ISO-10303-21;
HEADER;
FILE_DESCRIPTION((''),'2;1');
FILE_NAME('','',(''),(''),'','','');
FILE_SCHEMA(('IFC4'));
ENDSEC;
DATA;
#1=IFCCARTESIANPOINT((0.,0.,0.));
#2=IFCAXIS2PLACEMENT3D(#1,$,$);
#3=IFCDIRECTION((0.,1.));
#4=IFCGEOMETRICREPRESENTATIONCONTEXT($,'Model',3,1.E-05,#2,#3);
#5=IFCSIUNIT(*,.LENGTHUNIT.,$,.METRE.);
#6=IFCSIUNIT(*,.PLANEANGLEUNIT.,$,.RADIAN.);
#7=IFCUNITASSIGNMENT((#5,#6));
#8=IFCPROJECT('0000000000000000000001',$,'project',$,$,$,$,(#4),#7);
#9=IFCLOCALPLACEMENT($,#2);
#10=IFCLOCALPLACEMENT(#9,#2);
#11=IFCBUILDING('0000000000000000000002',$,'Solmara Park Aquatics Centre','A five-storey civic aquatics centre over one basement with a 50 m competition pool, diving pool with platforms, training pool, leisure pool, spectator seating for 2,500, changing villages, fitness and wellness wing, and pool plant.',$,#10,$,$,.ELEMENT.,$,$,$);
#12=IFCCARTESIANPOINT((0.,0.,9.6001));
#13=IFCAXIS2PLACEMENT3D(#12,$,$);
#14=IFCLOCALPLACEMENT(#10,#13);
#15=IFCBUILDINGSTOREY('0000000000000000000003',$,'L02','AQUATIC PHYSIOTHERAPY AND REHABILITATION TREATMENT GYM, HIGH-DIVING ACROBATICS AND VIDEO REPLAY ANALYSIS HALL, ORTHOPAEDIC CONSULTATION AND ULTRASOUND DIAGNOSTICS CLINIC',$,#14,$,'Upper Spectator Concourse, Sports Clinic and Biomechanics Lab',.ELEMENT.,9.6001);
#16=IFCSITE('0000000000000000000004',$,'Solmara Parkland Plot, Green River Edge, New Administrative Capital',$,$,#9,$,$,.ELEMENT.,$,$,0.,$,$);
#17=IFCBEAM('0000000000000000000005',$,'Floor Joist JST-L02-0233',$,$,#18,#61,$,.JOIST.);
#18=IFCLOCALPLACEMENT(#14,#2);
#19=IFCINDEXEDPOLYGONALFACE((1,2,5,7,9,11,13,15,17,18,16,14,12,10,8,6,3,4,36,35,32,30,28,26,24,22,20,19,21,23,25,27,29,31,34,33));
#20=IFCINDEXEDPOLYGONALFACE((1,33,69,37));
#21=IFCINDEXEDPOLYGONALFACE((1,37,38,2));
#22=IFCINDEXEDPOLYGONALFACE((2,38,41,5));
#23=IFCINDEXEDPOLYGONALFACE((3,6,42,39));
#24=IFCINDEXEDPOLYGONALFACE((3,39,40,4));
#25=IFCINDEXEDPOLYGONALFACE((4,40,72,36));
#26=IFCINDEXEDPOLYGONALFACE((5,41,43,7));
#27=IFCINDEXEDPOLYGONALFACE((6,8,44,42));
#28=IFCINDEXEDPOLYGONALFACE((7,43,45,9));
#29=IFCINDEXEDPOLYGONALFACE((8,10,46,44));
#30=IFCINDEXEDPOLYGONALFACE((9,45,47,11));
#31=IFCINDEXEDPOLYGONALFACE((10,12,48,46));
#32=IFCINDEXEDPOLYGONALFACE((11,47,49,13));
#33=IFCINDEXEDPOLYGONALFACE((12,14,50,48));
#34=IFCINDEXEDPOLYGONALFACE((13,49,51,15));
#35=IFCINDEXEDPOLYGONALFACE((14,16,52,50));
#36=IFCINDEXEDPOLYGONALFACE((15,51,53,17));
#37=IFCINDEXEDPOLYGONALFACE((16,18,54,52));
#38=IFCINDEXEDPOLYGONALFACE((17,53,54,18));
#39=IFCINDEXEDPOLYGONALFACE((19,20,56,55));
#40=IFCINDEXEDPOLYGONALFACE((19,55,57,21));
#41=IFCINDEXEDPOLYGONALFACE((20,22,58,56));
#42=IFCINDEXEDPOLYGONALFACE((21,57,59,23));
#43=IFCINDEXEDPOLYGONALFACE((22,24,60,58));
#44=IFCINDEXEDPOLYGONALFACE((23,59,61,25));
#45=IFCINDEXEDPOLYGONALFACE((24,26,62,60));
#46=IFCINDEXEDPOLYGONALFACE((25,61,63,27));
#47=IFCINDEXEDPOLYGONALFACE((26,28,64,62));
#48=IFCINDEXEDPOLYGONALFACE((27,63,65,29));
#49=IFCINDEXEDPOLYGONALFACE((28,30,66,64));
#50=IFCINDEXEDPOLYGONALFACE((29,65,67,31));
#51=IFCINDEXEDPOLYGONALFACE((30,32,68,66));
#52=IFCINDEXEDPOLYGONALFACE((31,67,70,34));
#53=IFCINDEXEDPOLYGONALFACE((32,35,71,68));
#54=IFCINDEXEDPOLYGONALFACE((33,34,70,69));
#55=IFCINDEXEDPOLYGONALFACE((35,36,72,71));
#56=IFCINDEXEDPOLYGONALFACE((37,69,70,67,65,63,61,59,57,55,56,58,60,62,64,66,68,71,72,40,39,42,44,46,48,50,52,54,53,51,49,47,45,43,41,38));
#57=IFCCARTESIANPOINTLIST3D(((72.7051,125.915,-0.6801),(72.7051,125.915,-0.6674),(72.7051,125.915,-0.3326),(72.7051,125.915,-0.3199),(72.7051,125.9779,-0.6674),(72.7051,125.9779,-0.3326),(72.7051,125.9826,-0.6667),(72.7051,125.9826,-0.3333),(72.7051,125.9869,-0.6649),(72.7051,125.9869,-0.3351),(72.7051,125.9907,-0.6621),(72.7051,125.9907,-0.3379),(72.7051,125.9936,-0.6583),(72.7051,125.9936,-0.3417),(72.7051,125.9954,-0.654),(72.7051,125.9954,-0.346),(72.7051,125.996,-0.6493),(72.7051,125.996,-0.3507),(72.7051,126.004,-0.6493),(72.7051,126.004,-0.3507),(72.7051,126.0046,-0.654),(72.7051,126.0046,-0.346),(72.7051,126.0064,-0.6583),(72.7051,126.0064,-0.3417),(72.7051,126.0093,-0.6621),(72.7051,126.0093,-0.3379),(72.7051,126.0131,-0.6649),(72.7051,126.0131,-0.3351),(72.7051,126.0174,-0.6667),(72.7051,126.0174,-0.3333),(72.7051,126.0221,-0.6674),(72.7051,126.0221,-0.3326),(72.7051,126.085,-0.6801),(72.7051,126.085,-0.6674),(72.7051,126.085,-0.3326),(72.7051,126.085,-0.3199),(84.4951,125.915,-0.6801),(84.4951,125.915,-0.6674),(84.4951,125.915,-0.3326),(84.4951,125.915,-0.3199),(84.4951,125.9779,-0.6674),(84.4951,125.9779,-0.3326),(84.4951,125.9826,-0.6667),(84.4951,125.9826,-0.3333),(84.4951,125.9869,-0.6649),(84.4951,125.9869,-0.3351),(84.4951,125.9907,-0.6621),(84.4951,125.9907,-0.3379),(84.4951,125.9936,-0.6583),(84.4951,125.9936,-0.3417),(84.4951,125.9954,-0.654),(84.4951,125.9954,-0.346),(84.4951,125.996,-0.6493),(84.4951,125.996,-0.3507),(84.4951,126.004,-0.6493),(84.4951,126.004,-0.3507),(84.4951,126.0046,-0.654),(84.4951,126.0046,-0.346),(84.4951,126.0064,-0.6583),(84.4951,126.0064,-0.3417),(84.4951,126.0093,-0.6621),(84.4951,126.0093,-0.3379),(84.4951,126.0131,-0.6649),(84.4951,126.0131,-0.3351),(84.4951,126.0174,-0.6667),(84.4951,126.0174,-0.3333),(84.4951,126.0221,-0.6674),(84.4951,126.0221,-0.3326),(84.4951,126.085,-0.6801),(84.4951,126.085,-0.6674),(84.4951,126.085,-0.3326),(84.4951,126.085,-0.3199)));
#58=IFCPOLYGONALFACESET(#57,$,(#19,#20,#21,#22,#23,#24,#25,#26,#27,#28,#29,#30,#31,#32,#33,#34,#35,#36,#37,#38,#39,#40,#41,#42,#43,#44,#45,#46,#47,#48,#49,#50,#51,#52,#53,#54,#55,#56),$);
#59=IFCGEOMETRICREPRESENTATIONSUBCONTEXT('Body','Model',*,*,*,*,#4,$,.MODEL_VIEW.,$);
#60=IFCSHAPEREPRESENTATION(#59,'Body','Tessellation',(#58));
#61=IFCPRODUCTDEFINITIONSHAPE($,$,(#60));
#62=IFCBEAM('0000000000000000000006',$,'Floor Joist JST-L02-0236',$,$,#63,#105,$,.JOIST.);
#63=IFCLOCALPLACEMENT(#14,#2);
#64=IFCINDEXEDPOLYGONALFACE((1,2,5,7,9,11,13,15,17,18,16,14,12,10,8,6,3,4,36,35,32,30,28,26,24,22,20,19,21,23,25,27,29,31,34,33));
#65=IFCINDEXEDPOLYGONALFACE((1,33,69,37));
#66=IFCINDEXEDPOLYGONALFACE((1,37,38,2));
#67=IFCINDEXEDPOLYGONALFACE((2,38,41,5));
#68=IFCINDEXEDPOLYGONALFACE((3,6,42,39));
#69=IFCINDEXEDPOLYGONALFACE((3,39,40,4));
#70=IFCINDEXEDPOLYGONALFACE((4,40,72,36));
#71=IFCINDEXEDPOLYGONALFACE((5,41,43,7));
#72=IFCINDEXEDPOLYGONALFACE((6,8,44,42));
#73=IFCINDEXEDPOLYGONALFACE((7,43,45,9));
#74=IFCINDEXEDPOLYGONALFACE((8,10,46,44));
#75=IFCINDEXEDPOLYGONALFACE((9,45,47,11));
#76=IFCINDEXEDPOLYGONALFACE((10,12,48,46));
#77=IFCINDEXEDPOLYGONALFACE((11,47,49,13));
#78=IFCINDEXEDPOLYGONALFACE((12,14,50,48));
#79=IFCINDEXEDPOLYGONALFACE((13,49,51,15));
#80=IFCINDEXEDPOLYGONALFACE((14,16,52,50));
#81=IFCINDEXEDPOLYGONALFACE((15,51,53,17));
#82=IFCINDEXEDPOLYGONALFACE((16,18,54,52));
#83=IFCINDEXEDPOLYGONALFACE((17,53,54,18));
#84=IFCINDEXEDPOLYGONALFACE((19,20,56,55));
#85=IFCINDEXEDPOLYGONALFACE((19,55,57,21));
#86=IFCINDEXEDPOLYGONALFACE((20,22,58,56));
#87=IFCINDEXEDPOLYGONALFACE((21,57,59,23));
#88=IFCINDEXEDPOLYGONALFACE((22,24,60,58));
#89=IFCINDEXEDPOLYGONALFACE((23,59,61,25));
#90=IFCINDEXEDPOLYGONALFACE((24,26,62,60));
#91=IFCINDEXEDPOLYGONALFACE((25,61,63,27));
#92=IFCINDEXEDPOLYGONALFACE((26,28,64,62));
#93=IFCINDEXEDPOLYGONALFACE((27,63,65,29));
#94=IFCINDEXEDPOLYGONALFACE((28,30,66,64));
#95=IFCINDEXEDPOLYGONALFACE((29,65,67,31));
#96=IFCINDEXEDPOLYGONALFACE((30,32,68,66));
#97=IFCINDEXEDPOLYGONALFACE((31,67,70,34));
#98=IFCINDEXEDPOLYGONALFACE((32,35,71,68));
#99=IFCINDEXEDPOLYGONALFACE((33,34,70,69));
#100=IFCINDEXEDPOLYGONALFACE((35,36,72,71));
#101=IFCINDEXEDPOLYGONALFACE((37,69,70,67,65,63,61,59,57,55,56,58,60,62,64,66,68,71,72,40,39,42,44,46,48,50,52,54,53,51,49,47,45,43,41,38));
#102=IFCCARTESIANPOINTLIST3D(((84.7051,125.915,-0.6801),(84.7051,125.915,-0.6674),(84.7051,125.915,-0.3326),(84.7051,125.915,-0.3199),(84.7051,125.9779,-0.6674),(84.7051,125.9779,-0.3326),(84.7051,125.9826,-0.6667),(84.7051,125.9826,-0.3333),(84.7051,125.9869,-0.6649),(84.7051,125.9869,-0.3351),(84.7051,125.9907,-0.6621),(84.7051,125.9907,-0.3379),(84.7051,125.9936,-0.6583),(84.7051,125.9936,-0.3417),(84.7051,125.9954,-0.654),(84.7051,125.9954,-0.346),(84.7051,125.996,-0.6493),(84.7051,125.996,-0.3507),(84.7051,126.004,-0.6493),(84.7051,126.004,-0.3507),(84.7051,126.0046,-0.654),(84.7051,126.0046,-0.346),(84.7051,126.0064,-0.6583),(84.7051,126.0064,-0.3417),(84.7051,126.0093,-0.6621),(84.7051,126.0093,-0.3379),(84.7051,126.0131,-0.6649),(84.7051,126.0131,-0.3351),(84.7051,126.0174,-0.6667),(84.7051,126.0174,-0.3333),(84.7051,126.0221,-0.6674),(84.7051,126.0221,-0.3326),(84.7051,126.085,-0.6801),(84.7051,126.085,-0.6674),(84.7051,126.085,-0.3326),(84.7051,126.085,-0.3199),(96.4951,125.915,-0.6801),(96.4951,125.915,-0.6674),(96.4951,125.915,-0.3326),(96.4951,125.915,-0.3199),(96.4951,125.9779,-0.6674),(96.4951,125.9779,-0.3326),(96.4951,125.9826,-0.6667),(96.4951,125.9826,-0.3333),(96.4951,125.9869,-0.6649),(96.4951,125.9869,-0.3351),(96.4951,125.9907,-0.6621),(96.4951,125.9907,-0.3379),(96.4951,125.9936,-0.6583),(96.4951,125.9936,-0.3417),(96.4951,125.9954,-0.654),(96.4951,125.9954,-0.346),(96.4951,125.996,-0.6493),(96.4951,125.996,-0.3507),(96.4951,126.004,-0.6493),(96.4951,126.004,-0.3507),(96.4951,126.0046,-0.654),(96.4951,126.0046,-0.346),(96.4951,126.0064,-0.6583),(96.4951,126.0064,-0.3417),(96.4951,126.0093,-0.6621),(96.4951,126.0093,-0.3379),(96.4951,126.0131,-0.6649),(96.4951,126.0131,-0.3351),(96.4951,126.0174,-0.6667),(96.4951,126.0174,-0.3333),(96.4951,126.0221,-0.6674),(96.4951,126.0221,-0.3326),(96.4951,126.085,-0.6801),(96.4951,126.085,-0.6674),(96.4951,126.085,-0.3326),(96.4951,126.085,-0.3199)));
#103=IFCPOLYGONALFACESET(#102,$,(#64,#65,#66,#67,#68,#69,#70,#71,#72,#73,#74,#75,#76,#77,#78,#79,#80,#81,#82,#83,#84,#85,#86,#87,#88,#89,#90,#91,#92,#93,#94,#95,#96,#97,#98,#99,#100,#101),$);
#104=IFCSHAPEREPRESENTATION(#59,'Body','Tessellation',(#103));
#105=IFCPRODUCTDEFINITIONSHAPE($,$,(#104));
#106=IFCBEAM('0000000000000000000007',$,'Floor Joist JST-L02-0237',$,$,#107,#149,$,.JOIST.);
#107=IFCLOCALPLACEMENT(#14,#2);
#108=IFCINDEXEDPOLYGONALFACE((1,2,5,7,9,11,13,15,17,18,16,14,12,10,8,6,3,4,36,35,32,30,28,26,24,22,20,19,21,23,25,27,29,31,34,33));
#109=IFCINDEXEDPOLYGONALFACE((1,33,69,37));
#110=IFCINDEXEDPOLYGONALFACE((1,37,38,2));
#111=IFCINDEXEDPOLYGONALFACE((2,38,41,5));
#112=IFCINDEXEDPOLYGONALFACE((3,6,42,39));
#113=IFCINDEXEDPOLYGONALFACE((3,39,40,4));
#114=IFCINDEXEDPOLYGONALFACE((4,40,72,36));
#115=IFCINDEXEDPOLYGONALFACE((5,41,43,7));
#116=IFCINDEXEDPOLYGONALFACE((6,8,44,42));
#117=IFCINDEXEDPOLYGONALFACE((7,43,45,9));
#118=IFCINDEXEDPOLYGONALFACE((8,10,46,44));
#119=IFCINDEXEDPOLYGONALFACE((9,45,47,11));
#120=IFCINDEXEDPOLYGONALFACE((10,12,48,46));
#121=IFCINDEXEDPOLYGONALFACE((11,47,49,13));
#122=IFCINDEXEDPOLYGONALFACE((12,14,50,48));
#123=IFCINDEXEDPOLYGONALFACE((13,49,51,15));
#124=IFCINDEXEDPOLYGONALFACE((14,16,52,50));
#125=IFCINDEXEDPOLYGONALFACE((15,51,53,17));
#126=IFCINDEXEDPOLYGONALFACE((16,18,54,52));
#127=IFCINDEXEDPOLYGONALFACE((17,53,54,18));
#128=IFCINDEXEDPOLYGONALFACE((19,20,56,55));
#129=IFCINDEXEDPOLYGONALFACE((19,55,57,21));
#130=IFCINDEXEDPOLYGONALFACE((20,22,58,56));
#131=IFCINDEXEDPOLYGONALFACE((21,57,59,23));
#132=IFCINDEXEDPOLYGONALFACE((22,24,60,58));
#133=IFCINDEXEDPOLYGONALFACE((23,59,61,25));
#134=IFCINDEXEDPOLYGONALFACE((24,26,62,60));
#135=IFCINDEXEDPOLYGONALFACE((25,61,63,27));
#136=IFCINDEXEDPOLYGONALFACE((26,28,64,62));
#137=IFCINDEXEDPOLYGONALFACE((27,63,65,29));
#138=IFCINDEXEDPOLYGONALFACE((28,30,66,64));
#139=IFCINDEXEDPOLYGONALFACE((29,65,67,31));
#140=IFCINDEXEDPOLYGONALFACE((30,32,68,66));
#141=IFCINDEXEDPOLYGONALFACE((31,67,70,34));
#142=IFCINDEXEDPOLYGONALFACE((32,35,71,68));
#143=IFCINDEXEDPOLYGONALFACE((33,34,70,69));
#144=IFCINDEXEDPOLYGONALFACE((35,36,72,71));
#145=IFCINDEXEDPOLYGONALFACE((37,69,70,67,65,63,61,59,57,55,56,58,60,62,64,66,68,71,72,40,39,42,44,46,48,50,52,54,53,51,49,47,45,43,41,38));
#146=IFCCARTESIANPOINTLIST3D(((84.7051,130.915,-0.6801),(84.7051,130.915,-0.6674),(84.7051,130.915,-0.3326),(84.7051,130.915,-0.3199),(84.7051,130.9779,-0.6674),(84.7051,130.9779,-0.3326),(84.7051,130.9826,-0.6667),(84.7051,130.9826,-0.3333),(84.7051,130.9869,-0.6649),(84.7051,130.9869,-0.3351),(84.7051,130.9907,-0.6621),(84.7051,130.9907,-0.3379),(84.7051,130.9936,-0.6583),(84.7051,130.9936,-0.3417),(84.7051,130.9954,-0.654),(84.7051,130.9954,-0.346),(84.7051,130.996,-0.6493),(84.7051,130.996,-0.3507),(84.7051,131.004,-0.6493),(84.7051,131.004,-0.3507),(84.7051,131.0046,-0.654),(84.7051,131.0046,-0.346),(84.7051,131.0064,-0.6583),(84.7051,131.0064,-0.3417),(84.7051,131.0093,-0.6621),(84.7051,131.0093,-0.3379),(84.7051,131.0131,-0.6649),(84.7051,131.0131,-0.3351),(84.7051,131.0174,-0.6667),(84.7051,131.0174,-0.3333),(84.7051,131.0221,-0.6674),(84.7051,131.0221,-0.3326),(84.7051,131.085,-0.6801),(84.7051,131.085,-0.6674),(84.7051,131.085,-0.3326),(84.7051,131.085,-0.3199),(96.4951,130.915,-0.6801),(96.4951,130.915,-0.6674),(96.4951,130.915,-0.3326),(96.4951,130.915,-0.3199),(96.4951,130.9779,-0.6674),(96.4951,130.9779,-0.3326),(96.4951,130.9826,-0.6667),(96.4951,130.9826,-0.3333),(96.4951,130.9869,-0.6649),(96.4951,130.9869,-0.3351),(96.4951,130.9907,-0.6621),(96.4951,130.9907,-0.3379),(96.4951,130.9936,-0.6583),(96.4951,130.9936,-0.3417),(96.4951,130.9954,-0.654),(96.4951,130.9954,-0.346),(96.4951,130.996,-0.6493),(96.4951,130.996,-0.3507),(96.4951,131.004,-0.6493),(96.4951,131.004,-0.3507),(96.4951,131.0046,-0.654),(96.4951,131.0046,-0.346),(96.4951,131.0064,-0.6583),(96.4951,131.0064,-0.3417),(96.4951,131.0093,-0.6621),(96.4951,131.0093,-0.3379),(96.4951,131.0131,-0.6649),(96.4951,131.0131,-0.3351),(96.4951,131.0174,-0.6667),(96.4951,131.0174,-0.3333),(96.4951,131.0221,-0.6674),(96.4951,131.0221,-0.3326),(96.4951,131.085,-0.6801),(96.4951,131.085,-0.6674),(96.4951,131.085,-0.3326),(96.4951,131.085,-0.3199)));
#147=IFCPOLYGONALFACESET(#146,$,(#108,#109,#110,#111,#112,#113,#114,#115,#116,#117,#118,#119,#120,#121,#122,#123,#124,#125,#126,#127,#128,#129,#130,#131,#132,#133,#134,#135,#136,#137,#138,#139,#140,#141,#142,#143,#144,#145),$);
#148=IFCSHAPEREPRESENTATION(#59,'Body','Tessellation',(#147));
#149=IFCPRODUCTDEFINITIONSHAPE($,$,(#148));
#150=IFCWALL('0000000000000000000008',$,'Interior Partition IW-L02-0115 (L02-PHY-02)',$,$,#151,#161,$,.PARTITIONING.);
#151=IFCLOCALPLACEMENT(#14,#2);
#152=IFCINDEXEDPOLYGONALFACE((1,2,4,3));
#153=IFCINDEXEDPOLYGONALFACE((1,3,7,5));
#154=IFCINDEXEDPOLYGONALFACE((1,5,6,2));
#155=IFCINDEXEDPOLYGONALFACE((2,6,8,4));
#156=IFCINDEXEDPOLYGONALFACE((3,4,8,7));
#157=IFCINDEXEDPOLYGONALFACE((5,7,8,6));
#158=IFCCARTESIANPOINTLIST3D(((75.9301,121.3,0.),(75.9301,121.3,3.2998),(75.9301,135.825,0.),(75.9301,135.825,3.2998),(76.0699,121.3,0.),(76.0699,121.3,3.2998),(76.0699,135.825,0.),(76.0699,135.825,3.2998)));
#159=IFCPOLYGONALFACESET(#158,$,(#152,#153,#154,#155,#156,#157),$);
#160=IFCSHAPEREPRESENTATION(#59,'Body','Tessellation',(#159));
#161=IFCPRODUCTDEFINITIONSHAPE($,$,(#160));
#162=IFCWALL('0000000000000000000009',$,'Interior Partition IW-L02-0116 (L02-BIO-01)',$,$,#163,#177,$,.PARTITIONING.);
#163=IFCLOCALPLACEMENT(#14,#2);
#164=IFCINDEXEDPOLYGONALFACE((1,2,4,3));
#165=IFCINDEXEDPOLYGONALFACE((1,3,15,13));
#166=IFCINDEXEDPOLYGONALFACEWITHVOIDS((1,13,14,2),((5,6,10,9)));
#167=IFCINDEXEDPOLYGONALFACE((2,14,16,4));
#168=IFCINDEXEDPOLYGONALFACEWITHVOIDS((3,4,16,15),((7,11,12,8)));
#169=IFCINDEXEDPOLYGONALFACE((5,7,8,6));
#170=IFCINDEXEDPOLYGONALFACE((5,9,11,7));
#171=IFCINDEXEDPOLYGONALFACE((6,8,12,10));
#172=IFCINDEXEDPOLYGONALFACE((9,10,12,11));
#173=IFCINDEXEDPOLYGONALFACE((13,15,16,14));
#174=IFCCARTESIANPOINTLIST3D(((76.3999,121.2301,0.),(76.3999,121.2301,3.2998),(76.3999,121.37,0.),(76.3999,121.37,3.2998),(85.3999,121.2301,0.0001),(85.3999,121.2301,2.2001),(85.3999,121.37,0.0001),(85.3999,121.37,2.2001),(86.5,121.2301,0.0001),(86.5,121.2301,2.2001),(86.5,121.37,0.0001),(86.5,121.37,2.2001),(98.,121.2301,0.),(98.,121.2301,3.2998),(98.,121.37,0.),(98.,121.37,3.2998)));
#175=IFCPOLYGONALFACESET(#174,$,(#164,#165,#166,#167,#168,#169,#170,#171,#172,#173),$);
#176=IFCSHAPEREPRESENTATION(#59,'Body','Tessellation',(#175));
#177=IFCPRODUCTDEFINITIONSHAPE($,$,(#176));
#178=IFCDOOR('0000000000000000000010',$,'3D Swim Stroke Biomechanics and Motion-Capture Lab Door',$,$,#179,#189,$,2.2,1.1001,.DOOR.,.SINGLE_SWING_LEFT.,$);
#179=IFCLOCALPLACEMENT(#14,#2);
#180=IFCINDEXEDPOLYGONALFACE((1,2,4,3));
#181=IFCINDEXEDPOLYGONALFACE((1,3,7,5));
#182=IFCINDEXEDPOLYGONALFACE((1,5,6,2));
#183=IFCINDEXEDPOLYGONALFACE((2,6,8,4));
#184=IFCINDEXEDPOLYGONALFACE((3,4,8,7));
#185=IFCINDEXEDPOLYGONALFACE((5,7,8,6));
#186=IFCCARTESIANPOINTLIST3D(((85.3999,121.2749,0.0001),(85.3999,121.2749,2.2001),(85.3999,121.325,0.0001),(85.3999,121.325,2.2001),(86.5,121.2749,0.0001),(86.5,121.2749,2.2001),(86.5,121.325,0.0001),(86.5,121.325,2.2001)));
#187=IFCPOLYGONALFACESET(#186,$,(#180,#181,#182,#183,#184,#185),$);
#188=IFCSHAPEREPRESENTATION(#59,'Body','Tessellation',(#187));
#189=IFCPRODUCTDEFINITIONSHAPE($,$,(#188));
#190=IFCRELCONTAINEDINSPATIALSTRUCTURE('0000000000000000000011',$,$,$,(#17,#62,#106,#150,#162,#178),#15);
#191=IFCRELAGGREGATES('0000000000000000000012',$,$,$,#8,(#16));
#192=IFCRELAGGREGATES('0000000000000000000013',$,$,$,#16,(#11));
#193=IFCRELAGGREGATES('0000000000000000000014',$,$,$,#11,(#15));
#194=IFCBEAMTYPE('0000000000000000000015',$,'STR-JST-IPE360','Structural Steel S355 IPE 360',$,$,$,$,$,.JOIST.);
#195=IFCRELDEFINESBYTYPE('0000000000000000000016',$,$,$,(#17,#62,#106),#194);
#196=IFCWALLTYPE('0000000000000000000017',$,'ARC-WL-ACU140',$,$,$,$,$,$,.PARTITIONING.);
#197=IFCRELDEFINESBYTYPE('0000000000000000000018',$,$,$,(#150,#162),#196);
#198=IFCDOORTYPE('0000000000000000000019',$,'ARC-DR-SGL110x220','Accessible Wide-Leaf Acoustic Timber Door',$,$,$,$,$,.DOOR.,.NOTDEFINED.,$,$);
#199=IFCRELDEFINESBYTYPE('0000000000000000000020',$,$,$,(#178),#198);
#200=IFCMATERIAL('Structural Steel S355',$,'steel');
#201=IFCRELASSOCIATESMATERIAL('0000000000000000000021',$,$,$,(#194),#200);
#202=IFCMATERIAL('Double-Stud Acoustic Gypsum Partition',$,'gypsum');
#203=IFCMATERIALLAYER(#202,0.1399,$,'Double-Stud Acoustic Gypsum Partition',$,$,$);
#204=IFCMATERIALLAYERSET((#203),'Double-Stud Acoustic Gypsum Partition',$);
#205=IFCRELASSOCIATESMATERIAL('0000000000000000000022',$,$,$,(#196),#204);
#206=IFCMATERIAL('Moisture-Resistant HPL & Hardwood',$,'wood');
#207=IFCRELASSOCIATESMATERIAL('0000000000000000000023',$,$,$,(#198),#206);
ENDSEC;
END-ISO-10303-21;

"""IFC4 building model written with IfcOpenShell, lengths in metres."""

from ifc_helpers import new_model, si_unit, direction, frame, frame_2d, origin, origin_2d, place, context, subcontext, project, spatial, rectangle, i_section, extrude, material, layer, layer_set, material_profile, profile_set, type_object, element, fill, save


model = new_model("IFC4")

# Units and contexts
model_context = context("Model", 3, precision=1e-05, world=origin(), true_north=direction((0.0, 1.0)))
body_context = subcontext(model_context, "Body", "Model", "MODEL_VIEW")
ifc_project = project(units=[si_unit("LENGTHUNIT", "METRE"), si_unit("PLANEANGLEUNIT", "RADIAN")], contexts=[model_context])

# Site, building, storey
site_placement = place(None, origin())
site = spatial("IfcSite", under=ifc_project, at=site_placement, Name="Solmara Parkland Plot, Green River Edge, New Administrative Capital", CompositionType="ELEMENT", RefElevation=0.0)
building_placement = place(site_placement, origin())
building = spatial("IfcBuilding", under=site, at=building_placement, Name="Solmara Park Aquatics Centre", Description="A five-storey civic aquatics centre over one basement with a 50 m competition pool, diving pool with platforms, training pool, leisure pool, spectator seating for 2,500, changing villages, fitness and wellness wing, and pool plant.", CompositionType="ELEMENT")
storey_placement = place(building_placement, frame((0.0, 0.0, 9.6001)))
storey = spatial("IfcBuildingStorey", under=building, at=storey_placement, Name="L02", Description="AQUATIC PHYSIOTHERAPY AND REHABILITATION TREATMENT GYM, HIGH-DIVING ACROBATICS AND VIDEO REPLAY ANALYSIS HALL, ORTHOPAEDIC CONSULTATION AND ULTRASOUND DIAGNOSTICS CLINIC", LongName="Upper Spectator Concourse, Sports Clinic and Biomechanics Lab", CompositionType="ELEMENT", Elevation=9.6001)

# Beams
ifc_material_1 = material(Name="Structural Steel S355", Category="steel")
ifc_material_profile_1 = material_profile(ifc_material_1, i_section(OverallWidth=0.1699, OverallDepth=0.3601, WebThickness=0.0081, FlangeThickness=0.0127, FilletRadius=0.0181, at=origin_2d()), Name="IPE 360")
ifc_profile_set_1 = profile_set([ifc_material_profile_1], Name="Structural Steel S355")
beam_type_1 = type_object("IfcBeamType", Name="STR-JST-IPE360", Description="Structural Steel S355 IPE 360", PredefinedType="JOIST", material=ifc_profile_set_1)
for number, where, z_axis, x_axis, name in (
    (1, (72.7051, 126.0, -0.5), (1.0, 0.0, 0.0), (0.0, 1.0, 0.0), "Floor Joist JST-L02-0233"),
    (2, (84.7051, 126.0, -0.5), (1.0, 0.0, 0.0), (0.0, 1.0, 0.0), "Floor Joist JST-L02-0236"),
    (3, (84.7051, 131.0, -0.5), (1.0, 0.0, 0.0), (0.0, 1.0, 0.0), "Floor Joist JST-L02-0237"),
):
    element("IfcBeam", number, at=place(storey_placement, frame(where, z_axis=z_axis, x_axis=x_axis)), inside=storey, type_object=beam_type_1, Name=name, PredefinedType="JOIST", context=body_context, shape_type="SweptSolid", body=[
        extrude(i_section(OverallWidth=0.1699, OverallDepth=0.3601, WebThickness=0.0081, FlangeThickness=0.0127, FilletRadius=0.0181, at=origin_2d()), origin(), (0.0, 0.0, 1.0), 11.79),
    ])

# Wall
ifc_material_2 = material(Name="Double-Stud Acoustic Gypsum Partition", Category="gypsum")
ifc_layer_1 = layer(ifc_material_2, 0.1399, Name="Double-Stud Acoustic Gypsum Partition")
ifc_layer_set_1 = layer_set([ifc_layer_1], Name="Double-Stud Acoustic Gypsum Partition")
wall_type = type_object("IfcWallType", Name="ARC-WL-ACU140", PredefinedType="PARTITIONING", material=ifc_layer_set_1)
wall_1_placement = place(storey_placement, frame((76.0, 121.3, 0.0), z_axis=(0.0, 0.0, 1.0), x_axis=(0.0, 1.0, 0.0)))
element("IfcWall", 4, at=wall_1_placement, inside=storey, type_object=wall_type, Name="Interior Partition IW-L02-0115 (L02-PHY-02)", PredefinedType="PARTITIONING", context=body_context, shape_type="SweptSolid", body=[
    extrude(rectangle(XDim=14.5249, YDim=0.1399, at=frame_2d((7.2625, 0.0))), origin(), (0.0, 0.0, 1.0), 3.2998),
])

# Wall, opening, door
wall_2_placement = place(storey_placement, frame((76.3999, 121.3, 0.0), z_axis=(0.0, 0.0, 1.0), x_axis=(1.0, 0.0, 0.0)))
wall_2 = element("IfcWall", 5, at=wall_2_placement, inside=storey, type_object=wall_type, Name="Interior Partition IW-L02-0116 (L02-BIO-01)", PredefinedType="PARTITIONING", context=body_context, shape_type="SweptSolid", body=[
    extrude(rectangle(XDim=21.6001, YDim=0.1399, at=frame_2d((10.8, 0.0))), origin(), (0.0, 0.0, 1.0), 3.2998),
])
opening_placement = place(wall_2_placement, frame((9.0, 0.0, 0.0)))
opening = element("IfcOpeningElement", 6, at=opening_placement, cuts=wall_2, PredefinedType="OPENING", context=body_context, shape_type="SweptSolid", body=[
    extrude(rectangle(XDim=1.1001, YDim=2.2, at=frame_2d((0.55, 1.1001))), frame((0.0, 0.0798, 0.0), z_axis=(0.0, -1.0, 0.0), x_axis=(1.0, 0.0, 0.0)), (0.0, 0.0, 1.0), 0.1599),
])
ifc_material_3 = material(Name="Moisture-Resistant HPL & Hardwood", Category="wood")
door_type = type_object("IfcDoorType", Name="ARC-DR-SGL110x220", Description="Accessible Wide-Leaf Acoustic Timber Door", OperationType="NOTDEFINED", PredefinedType="DOOR", material=ifc_material_3)
door_placement = place(opening_placement, origin())
door = element("IfcDoor", 7, at=door_placement, inside=storey, type_object=door_type, Name="3D Swim Stroke Biomechanics and Motion-Capture Lab Door", OperationType="SINGLE_SWING_LEFT", OverallHeight=2.2, OverallWidth=1.1001, PredefinedType="DOOR", context=body_context, shape_type="SweptSolid", body=[
    extrude(rectangle(XDim=1.1001, YDim=2.2, at=frame_2d((0.55, 1.1001))), frame((0.0, 0.0249, 0.0), z_axis=(0.0, -1.0, 0.0), x_axis=(1.0, 0.0, 0.0)), (0.0, 0.0, 1.0), 0.05),
])
fill(opening, door)

save(model, "model.ifc")
